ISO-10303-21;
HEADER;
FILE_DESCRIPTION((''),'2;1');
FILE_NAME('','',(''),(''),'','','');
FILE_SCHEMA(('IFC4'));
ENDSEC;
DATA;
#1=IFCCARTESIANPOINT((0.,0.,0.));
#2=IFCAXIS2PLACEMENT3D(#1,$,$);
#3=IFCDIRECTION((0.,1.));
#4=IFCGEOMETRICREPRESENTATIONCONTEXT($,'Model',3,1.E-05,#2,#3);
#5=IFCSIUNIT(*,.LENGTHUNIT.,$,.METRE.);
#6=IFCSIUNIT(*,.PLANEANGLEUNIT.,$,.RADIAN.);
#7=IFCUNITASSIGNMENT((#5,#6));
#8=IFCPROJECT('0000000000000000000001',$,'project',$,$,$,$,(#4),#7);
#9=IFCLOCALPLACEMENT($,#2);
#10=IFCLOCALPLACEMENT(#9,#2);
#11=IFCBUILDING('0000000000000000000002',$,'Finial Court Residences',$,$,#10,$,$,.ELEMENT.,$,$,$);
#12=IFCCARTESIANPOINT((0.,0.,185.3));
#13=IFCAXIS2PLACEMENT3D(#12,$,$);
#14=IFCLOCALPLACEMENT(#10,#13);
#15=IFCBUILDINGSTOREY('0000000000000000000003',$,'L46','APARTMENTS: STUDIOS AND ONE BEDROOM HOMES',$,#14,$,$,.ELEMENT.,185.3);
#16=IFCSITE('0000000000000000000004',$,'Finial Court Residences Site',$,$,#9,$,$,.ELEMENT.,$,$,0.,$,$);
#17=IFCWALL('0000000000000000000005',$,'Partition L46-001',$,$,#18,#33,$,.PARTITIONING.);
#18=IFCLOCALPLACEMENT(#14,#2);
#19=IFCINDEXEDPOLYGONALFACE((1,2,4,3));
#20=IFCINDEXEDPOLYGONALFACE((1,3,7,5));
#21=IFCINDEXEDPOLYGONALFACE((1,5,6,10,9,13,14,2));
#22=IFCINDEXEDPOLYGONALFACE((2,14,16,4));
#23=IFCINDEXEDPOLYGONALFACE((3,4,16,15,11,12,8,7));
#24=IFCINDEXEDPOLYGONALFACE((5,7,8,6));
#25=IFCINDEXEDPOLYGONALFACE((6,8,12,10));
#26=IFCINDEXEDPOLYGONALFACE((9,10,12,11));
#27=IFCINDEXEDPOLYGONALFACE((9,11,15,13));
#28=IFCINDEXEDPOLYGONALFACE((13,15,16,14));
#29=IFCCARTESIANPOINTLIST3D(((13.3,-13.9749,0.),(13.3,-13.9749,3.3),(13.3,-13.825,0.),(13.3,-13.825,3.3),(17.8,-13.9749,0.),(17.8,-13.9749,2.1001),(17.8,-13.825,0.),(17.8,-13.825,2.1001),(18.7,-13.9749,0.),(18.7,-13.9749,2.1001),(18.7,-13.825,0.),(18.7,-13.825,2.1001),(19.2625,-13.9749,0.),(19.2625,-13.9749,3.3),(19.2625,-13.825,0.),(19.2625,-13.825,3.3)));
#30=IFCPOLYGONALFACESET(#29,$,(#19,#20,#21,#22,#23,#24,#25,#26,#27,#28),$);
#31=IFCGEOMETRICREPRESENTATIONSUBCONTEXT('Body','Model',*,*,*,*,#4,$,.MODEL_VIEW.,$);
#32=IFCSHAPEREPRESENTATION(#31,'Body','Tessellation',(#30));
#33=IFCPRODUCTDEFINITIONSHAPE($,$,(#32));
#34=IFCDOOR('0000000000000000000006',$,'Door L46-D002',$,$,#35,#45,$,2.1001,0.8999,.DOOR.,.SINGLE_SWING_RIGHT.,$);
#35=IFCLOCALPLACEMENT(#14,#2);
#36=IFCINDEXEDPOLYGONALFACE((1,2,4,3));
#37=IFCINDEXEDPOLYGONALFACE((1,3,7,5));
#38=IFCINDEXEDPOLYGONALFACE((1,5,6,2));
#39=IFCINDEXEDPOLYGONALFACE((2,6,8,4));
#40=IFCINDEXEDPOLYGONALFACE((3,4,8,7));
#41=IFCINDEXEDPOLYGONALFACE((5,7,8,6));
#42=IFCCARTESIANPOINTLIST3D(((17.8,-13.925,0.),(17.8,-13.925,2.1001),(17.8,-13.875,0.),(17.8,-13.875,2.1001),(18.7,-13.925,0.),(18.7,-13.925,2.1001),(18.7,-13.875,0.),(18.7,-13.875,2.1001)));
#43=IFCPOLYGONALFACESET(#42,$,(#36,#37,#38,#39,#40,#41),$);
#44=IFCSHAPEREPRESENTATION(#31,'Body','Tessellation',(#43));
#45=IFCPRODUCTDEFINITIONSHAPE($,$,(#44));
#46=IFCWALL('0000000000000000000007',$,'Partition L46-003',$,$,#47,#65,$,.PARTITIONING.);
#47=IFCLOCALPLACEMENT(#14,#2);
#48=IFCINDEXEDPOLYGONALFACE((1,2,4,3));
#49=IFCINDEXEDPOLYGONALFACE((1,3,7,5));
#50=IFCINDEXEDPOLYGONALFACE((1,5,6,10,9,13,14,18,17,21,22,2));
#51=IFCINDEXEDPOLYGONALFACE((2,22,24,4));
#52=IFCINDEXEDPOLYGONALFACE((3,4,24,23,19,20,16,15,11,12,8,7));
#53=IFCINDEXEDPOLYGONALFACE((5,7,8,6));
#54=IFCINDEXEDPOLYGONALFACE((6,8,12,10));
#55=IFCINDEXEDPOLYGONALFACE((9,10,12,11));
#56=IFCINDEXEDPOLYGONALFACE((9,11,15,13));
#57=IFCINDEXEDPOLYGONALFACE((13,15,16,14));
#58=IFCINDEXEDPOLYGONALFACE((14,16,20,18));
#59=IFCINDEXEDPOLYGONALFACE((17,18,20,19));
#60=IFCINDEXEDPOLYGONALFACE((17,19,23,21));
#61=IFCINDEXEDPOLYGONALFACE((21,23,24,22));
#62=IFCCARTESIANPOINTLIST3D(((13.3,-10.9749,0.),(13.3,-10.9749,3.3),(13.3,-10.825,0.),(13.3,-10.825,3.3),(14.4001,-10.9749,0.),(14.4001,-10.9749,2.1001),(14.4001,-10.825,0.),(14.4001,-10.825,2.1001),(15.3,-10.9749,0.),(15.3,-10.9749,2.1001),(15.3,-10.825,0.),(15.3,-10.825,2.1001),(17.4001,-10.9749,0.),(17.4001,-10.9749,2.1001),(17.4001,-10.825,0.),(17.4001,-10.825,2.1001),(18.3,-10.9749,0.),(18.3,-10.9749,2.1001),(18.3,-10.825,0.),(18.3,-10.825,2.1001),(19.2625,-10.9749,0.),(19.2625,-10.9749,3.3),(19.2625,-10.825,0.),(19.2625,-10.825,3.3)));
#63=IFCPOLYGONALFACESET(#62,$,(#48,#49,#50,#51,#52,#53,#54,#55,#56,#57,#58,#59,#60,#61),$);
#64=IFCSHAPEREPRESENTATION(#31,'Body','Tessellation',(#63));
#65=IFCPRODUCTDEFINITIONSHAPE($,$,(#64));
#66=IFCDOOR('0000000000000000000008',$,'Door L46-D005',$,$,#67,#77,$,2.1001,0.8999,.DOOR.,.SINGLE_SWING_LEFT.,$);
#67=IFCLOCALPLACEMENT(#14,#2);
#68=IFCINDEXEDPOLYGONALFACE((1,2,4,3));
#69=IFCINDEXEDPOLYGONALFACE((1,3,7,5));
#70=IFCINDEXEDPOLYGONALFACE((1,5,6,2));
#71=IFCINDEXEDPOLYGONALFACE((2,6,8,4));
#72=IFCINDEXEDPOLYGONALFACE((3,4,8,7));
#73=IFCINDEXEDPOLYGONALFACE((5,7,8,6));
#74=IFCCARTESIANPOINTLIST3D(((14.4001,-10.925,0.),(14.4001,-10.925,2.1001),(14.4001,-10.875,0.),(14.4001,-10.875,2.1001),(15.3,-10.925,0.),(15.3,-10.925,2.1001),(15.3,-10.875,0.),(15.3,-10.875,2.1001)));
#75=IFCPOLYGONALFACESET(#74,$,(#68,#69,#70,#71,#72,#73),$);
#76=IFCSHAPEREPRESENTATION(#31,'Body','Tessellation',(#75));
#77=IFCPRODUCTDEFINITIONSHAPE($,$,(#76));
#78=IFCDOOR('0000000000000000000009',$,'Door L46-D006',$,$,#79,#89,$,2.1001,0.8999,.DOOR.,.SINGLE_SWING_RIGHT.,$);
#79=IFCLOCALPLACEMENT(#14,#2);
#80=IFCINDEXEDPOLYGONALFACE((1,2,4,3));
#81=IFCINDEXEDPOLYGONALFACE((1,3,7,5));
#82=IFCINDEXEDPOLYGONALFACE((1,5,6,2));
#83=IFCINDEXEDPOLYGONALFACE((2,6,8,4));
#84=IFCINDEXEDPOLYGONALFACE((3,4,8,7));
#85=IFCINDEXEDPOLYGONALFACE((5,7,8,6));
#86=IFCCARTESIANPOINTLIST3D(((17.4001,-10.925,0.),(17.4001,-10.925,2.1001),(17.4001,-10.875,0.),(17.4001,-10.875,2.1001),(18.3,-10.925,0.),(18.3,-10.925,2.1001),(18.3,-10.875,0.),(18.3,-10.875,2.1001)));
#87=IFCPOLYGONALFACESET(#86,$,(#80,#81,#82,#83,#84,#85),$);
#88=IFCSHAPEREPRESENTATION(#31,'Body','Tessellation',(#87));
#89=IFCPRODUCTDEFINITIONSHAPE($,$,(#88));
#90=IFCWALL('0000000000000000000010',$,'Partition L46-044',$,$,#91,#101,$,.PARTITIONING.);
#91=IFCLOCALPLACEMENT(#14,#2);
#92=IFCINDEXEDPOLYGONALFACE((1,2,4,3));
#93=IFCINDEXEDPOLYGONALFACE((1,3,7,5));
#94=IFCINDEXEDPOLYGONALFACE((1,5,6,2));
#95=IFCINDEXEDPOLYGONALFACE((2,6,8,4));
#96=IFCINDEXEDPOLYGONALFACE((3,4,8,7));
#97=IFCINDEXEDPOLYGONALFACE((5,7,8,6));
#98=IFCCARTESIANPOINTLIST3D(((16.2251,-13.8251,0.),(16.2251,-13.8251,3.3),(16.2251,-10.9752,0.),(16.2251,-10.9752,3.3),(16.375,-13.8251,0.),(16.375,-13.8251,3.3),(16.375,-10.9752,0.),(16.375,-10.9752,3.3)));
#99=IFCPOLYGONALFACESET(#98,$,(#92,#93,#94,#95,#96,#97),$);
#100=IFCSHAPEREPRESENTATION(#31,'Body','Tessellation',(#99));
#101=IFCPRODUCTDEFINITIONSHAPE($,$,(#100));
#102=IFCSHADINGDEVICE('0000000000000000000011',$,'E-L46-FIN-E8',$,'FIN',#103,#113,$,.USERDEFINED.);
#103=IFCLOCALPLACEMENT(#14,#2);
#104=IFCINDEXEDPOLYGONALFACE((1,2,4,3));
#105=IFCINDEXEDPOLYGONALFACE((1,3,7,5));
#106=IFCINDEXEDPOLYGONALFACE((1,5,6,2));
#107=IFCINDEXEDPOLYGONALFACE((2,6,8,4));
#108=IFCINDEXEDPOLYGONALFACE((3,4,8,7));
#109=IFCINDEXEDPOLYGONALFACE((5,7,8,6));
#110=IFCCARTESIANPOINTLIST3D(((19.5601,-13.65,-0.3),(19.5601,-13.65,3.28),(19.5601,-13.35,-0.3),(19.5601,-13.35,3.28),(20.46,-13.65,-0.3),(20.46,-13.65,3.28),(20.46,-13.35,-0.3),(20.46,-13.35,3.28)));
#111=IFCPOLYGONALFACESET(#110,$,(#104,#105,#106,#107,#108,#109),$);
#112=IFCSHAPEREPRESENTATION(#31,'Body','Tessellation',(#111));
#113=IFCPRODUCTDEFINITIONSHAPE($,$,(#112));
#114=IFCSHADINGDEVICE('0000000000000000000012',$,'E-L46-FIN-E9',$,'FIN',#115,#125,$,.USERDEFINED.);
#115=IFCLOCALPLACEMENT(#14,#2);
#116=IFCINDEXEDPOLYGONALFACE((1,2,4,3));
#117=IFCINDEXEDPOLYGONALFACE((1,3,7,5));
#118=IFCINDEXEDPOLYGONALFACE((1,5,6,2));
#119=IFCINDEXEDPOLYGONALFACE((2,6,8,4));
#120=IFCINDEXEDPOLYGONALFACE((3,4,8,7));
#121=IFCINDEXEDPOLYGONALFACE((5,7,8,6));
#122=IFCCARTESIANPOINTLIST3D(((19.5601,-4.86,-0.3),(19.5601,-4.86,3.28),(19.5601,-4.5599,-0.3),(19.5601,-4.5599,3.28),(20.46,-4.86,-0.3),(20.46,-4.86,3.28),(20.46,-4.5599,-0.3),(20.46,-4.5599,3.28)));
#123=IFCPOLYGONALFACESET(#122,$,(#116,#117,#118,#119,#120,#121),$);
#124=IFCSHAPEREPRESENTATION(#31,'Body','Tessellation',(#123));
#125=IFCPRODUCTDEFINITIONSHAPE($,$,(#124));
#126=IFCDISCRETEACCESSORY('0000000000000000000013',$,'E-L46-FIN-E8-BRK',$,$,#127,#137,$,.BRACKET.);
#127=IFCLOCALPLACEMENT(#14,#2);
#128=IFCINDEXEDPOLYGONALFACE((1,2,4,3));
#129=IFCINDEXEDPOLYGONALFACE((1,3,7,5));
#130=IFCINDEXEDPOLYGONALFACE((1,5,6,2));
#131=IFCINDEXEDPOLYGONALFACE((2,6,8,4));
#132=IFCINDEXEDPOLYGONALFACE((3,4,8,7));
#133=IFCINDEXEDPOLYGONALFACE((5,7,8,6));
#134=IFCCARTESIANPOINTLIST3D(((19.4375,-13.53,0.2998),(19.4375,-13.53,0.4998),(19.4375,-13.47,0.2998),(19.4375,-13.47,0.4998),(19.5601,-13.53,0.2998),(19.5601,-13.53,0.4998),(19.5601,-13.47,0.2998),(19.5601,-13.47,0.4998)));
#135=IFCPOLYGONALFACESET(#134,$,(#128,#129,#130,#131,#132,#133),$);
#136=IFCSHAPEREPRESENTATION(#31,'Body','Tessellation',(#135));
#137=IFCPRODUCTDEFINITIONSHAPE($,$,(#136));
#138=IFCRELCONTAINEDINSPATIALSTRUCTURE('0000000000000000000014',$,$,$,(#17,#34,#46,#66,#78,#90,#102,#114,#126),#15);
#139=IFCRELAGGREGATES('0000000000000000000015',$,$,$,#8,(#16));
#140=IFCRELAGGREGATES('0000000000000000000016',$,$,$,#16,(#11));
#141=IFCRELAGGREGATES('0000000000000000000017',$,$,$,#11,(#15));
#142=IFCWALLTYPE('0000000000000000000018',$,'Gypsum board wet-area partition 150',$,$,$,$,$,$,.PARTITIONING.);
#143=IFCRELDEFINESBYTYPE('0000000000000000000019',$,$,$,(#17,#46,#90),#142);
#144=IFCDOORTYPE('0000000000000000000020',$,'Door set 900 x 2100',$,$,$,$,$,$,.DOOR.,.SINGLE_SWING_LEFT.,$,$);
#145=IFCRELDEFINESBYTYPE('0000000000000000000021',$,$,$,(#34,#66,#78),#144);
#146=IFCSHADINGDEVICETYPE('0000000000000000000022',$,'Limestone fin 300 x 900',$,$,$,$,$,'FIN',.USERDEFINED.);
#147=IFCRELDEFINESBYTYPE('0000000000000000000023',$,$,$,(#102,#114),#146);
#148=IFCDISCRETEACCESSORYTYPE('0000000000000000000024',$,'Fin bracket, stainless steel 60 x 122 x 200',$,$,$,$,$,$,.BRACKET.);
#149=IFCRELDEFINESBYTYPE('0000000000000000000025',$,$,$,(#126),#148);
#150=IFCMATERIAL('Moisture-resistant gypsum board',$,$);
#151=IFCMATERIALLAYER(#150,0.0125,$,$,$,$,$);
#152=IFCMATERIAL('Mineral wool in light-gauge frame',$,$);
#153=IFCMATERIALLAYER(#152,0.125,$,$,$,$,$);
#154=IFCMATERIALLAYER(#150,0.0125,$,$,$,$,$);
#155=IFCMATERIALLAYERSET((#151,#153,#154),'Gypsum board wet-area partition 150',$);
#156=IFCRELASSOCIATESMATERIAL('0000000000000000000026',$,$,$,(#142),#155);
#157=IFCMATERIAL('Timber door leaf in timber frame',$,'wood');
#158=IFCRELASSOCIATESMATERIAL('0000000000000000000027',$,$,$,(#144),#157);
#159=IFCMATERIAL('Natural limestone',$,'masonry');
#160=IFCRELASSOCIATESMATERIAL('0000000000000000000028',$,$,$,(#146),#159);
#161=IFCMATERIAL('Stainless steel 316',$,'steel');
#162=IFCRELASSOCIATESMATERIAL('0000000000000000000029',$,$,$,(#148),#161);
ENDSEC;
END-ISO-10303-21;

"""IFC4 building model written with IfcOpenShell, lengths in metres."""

from ifc_helpers import new_model, si_unit, direction, frame, frame_2d, origin, origin_2d, place, context, subcontext, project, spatial, rectangle, extrude, material, layer, layer_set, type_object, element, fill, save


model = new_model("IFC4")

# Units and contexts
model_context = context("Model", 3, precision=1e-05, world=origin(), true_north=direction((0.0, 1.0)))
body_context = subcontext(model_context, "Body", "Model", "MODEL_VIEW")
ifc_project = project(units=[si_unit("LENGTHUNIT", "METRE"), si_unit("PLANEANGLEUNIT", "RADIAN")], contexts=[model_context])

# Site, building, storey
site_placement = place(None, origin())
site = spatial("IfcSite", under=ifc_project, at=site_placement, Name="Finial Court Residences Site", CompositionType="ELEMENT", RefElevation=0.0)
building_placement = place(site_placement, origin())
building = spatial("IfcBuilding", under=site, at=building_placement, Name="Finial Court Residences", CompositionType="ELEMENT")
storey_placement = place(building_placement, frame((0.0, 0.0, 185.3)))
storey = spatial("IfcBuildingStorey", under=building, at=storey_placement, Name="L46", Description="APARTMENTS: STUDIOS AND ONE BEDROOM HOMES", CompositionType="ELEMENT", Elevation=185.3)

# Wall, opening, door
ifc_material_1 = material(Name="Moisture-resistant gypsum board")
ifc_layer_1 = layer(ifc_material_1, 0.0125)
ifc_material_2 = material(Name="Mineral wool in light-gauge frame")
ifc_layer_2 = layer(ifc_material_2, 0.125)
ifc_layer_3 = layer(ifc_material_1, 0.0125)
ifc_layer_set_1 = layer_set([ifc_layer_1, ifc_layer_2, ifc_layer_3], Name="Gypsum board wet-area partition 150")
wall_type_1 = type_object("IfcWallType", Name="Gypsum board wet-area partition 150", PredefinedType="PARTITIONING", material=ifc_layer_set_1)
wall_1_placement = place(storey_placement, frame((13.3, -13.8999, 0.0), z_axis=(0.0, 0.0, 1.0), x_axis=(1.0, 0.0, 0.0)))
wall_1 = element("IfcWall", 1, at=wall_1_placement, inside=storey, type_object=wall_type_1, Name="Partition L46-001", PredefinedType="PARTITIONING", context=body_context, shape_type="SweptSolid", body=[
    extrude(rectangle(XDim=5.9624, YDim=0.1499, at=frame_2d((2.9812, 0.0))), origin(), (0.0, 0.0, 1.0), 3.3),
])
opening_1_placement = place(wall_1_placement, frame((4.5, 0.0, 0.0)))
opening_1 = element("IfcOpeningElement", 2, at=opening_1_placement, cuts=wall_1, PredefinedType="OPENING", context=body_context, shape_type="SweptSolid", body=[
    extrude(rectangle(XDim=0.8999, YDim=2.1001, at=frame_2d((0.45, 1.05))), frame((0.0, 0.085, 0.0), z_axis=(0.0, -1.0, 0.0), x_axis=(1.0, 0.0, 0.0)), (0.0, 0.0, 1.0), 0.1699),
])
ifc_material_3 = material(Name="Timber door leaf in timber frame", Category="wood")
door_type_1 = type_object("IfcDoorType", Name="Door set 900 x 2100", OperationType="SINGLE_SWING_LEFT", PredefinedType="DOOR", material=ifc_material_3)
door_1_placement = place(opening_1_placement, origin())
door_1 = element("IfcDoor", 3, at=door_1_placement, inside=storey, type_object=door_type_1, Name="Door L46-D002", OperationType="SINGLE_SWING_RIGHT", OverallHeight=2.1001, OverallWidth=0.8999, PredefinedType="DOOR", context=body_context, shape_type="SweptSolid", body=[
    extrude(rectangle(XDim=0.8999, YDim=2.1001, at=frame_2d((0.45, 1.05))), frame((0.0, 0.0249, 0.0), z_axis=(0.0, -1.0, 0.0), x_axis=(1.0, 0.0, 0.0)), (0.0, 0.0, 1.0), 0.05),
])
fill(opening_1, door_1)

# Wall, openings, doors
wall_2_placement = place(storey_placement, frame((13.3, -10.8999, 0.0), z_axis=(0.0, 0.0, 1.0), x_axis=(1.0, 0.0, 0.0)))
wall_2 = element("IfcWall", 4, at=wall_2_placement, inside=storey, type_object=wall_type_1, Name="Partition L46-003", PredefinedType="PARTITIONING", context=body_context, shape_type="SweptSolid", body=[
    extrude(rectangle(XDim=5.9624, YDim=0.1499, at=frame_2d((2.9812, 0.0))), origin(), (0.0, 0.0, 1.0), 3.3),
])
opening_2_placement = place(wall_2_placement, frame((1.1001, 0.0, 0.0)))
opening_2 = element("IfcOpeningElement", 5, at=opening_2_placement, cuts=wall_2, PredefinedType="OPENING", context=body_context, shape_type="SweptSolid", body=[
    extrude(rectangle(XDim=0.8999, YDim=2.1001, at=frame_2d((0.45, 1.05))), frame((0.0, 0.085, 0.0), z_axis=(0.0, -1.0, 0.0), x_axis=(1.0, 0.0, 0.0)), (0.0, 0.0, 1.0), 0.1699),
])
opening_3_placement = place(wall_2_placement, frame((4.1001, 0.0, 0.0)))
opening_3 = element("IfcOpeningElement", 6, at=opening_3_placement, cuts=wall_2, PredefinedType="OPENING", context=body_context, shape_type="SweptSolid", body=[
    extrude(rectangle(XDim=0.8999, YDim=2.1001, at=frame_2d((0.45, 1.05))), frame((0.0, 0.085, 0.0), z_axis=(0.0, -1.0, 0.0), x_axis=(1.0, 0.0, 0.0)), (0.0, 0.0, 1.0), 0.1699),
])
door_2_placement = place(opening_2_placement, origin())
door_2 = element("IfcDoor", 7, at=door_2_placement, inside=storey, type_object=door_type_1, Name="Door L46-D005", OperationType="SINGLE_SWING_LEFT", OverallHeight=2.1001, OverallWidth=0.8999, PredefinedType="DOOR", context=body_context, shape_type="SweptSolid", body=[
    extrude(rectangle(XDim=0.8999, YDim=2.1001, at=frame_2d((0.45, 1.05))), frame((0.0, 0.0249, 0.0), z_axis=(0.0, -1.0, 0.0), x_axis=(1.0, 0.0, 0.0)), (0.0, 0.0, 1.0), 0.05),
])
fill(opening_2, door_2)
door_3_placement = place(opening_3_placement, origin())
door_3 = element("IfcDoor", 8, at=door_3_placement, inside=storey, type_object=door_type_1, Name="Door L46-D006", OperationType="SINGLE_SWING_RIGHT", OverallHeight=2.1001, OverallWidth=0.8999, PredefinedType="DOOR", context=body_context, shape_type="SweptSolid", body=[
    extrude(rectangle(XDim=0.8999, YDim=2.1001, at=frame_2d((0.45, 1.05))), frame((0.0, 0.0249, 0.0), z_axis=(0.0, -1.0, 0.0), x_axis=(1.0, 0.0, 0.0)), (0.0, 0.0, 1.0), 0.05),
])
fill(opening_3, door_3)

# Wall
wall_3_placement = place(storey_placement, frame((16.3, -13.825, 0.0), z_axis=(0.0, 0.0, 1.0), x_axis=(0.0, 1.0, 0.0)))
element("IfcWall", 9, at=wall_3_placement, inside=storey, type_object=wall_type_1, Name="Partition L46-044", PredefinedType="PARTITIONING", context=body_context, shape_type="SweptSolid", body=[
    extrude(rectangle(XDim=2.8499, YDim=0.1499, at=frame_2d((1.4248, 0.0))), origin(), (0.0, 0.0, 1.0), 3.3),
])

# Shading devices
ifc_material_4 = material(Name="Natural limestone", Category="masonry")
shading_device_type = type_object("IfcShadingDeviceType", Name="Limestone fin 300 x 900", ElementType="FIN", PredefinedType="USERDEFINED", material=ifc_material_4)
for number, where, z_axis, x_axis, name in (
    (10, (20.01, -13.5, -0.3), (0.0, 0.0, 1.0), (1.0, 0.0, 0.0), "E-L46-FIN-E8"),
    (11, (20.01, -4.71, -0.3), (0.0, 0.0, 1.0), (1.0, 0.0, 0.0), "E-L46-FIN-E9"),
):
    element("IfcShadingDevice", number, at=place(storey_placement, frame(where, z_axis=z_axis, x_axis=x_axis)), inside=storey, type_object=shading_device_type, Name=name, ObjectType="FIN", PredefinedType="USERDEFINED", context=body_context, shape_type="SweptSolid", body=[
        extrude(rectangle(XDim=0.8999, YDim=0.3, at=origin_2d()), origin(), (0.0, 0.0, 1.0), 3.5801),
    ])

# Discrete accessory
ifc_material_5 = material(Name="Stainless steel 316", Category="steel")
discrete_accessory_type = type_object("IfcDiscreteAccessoryType", Name="Fin bracket, stainless steel 60 x 122 x 200", PredefinedType="BRACKET", material=ifc_material_5)
discrete_accessory_placement = place(storey_placement, frame((19.4988, -13.5, 0.2998), z_axis=(0.0, 0.0, 1.0), x_axis=(1.0, 0.0, 0.0)))
element("IfcDiscreteAccessory", 12, at=discrete_accessory_placement, inside=storey, type_object=discrete_accessory_type, Name="E-L46-FIN-E8-BRK", PredefinedType="BRACKET", context=body_context, shape_type="SweptSolid", body=[
    extrude(rectangle(XDim=0.1226, YDim=0.0601, at=origin_2d()), origin(), (0.0, 0.0, 1.0), 0.2),
])

save(model, "model.ifc")
